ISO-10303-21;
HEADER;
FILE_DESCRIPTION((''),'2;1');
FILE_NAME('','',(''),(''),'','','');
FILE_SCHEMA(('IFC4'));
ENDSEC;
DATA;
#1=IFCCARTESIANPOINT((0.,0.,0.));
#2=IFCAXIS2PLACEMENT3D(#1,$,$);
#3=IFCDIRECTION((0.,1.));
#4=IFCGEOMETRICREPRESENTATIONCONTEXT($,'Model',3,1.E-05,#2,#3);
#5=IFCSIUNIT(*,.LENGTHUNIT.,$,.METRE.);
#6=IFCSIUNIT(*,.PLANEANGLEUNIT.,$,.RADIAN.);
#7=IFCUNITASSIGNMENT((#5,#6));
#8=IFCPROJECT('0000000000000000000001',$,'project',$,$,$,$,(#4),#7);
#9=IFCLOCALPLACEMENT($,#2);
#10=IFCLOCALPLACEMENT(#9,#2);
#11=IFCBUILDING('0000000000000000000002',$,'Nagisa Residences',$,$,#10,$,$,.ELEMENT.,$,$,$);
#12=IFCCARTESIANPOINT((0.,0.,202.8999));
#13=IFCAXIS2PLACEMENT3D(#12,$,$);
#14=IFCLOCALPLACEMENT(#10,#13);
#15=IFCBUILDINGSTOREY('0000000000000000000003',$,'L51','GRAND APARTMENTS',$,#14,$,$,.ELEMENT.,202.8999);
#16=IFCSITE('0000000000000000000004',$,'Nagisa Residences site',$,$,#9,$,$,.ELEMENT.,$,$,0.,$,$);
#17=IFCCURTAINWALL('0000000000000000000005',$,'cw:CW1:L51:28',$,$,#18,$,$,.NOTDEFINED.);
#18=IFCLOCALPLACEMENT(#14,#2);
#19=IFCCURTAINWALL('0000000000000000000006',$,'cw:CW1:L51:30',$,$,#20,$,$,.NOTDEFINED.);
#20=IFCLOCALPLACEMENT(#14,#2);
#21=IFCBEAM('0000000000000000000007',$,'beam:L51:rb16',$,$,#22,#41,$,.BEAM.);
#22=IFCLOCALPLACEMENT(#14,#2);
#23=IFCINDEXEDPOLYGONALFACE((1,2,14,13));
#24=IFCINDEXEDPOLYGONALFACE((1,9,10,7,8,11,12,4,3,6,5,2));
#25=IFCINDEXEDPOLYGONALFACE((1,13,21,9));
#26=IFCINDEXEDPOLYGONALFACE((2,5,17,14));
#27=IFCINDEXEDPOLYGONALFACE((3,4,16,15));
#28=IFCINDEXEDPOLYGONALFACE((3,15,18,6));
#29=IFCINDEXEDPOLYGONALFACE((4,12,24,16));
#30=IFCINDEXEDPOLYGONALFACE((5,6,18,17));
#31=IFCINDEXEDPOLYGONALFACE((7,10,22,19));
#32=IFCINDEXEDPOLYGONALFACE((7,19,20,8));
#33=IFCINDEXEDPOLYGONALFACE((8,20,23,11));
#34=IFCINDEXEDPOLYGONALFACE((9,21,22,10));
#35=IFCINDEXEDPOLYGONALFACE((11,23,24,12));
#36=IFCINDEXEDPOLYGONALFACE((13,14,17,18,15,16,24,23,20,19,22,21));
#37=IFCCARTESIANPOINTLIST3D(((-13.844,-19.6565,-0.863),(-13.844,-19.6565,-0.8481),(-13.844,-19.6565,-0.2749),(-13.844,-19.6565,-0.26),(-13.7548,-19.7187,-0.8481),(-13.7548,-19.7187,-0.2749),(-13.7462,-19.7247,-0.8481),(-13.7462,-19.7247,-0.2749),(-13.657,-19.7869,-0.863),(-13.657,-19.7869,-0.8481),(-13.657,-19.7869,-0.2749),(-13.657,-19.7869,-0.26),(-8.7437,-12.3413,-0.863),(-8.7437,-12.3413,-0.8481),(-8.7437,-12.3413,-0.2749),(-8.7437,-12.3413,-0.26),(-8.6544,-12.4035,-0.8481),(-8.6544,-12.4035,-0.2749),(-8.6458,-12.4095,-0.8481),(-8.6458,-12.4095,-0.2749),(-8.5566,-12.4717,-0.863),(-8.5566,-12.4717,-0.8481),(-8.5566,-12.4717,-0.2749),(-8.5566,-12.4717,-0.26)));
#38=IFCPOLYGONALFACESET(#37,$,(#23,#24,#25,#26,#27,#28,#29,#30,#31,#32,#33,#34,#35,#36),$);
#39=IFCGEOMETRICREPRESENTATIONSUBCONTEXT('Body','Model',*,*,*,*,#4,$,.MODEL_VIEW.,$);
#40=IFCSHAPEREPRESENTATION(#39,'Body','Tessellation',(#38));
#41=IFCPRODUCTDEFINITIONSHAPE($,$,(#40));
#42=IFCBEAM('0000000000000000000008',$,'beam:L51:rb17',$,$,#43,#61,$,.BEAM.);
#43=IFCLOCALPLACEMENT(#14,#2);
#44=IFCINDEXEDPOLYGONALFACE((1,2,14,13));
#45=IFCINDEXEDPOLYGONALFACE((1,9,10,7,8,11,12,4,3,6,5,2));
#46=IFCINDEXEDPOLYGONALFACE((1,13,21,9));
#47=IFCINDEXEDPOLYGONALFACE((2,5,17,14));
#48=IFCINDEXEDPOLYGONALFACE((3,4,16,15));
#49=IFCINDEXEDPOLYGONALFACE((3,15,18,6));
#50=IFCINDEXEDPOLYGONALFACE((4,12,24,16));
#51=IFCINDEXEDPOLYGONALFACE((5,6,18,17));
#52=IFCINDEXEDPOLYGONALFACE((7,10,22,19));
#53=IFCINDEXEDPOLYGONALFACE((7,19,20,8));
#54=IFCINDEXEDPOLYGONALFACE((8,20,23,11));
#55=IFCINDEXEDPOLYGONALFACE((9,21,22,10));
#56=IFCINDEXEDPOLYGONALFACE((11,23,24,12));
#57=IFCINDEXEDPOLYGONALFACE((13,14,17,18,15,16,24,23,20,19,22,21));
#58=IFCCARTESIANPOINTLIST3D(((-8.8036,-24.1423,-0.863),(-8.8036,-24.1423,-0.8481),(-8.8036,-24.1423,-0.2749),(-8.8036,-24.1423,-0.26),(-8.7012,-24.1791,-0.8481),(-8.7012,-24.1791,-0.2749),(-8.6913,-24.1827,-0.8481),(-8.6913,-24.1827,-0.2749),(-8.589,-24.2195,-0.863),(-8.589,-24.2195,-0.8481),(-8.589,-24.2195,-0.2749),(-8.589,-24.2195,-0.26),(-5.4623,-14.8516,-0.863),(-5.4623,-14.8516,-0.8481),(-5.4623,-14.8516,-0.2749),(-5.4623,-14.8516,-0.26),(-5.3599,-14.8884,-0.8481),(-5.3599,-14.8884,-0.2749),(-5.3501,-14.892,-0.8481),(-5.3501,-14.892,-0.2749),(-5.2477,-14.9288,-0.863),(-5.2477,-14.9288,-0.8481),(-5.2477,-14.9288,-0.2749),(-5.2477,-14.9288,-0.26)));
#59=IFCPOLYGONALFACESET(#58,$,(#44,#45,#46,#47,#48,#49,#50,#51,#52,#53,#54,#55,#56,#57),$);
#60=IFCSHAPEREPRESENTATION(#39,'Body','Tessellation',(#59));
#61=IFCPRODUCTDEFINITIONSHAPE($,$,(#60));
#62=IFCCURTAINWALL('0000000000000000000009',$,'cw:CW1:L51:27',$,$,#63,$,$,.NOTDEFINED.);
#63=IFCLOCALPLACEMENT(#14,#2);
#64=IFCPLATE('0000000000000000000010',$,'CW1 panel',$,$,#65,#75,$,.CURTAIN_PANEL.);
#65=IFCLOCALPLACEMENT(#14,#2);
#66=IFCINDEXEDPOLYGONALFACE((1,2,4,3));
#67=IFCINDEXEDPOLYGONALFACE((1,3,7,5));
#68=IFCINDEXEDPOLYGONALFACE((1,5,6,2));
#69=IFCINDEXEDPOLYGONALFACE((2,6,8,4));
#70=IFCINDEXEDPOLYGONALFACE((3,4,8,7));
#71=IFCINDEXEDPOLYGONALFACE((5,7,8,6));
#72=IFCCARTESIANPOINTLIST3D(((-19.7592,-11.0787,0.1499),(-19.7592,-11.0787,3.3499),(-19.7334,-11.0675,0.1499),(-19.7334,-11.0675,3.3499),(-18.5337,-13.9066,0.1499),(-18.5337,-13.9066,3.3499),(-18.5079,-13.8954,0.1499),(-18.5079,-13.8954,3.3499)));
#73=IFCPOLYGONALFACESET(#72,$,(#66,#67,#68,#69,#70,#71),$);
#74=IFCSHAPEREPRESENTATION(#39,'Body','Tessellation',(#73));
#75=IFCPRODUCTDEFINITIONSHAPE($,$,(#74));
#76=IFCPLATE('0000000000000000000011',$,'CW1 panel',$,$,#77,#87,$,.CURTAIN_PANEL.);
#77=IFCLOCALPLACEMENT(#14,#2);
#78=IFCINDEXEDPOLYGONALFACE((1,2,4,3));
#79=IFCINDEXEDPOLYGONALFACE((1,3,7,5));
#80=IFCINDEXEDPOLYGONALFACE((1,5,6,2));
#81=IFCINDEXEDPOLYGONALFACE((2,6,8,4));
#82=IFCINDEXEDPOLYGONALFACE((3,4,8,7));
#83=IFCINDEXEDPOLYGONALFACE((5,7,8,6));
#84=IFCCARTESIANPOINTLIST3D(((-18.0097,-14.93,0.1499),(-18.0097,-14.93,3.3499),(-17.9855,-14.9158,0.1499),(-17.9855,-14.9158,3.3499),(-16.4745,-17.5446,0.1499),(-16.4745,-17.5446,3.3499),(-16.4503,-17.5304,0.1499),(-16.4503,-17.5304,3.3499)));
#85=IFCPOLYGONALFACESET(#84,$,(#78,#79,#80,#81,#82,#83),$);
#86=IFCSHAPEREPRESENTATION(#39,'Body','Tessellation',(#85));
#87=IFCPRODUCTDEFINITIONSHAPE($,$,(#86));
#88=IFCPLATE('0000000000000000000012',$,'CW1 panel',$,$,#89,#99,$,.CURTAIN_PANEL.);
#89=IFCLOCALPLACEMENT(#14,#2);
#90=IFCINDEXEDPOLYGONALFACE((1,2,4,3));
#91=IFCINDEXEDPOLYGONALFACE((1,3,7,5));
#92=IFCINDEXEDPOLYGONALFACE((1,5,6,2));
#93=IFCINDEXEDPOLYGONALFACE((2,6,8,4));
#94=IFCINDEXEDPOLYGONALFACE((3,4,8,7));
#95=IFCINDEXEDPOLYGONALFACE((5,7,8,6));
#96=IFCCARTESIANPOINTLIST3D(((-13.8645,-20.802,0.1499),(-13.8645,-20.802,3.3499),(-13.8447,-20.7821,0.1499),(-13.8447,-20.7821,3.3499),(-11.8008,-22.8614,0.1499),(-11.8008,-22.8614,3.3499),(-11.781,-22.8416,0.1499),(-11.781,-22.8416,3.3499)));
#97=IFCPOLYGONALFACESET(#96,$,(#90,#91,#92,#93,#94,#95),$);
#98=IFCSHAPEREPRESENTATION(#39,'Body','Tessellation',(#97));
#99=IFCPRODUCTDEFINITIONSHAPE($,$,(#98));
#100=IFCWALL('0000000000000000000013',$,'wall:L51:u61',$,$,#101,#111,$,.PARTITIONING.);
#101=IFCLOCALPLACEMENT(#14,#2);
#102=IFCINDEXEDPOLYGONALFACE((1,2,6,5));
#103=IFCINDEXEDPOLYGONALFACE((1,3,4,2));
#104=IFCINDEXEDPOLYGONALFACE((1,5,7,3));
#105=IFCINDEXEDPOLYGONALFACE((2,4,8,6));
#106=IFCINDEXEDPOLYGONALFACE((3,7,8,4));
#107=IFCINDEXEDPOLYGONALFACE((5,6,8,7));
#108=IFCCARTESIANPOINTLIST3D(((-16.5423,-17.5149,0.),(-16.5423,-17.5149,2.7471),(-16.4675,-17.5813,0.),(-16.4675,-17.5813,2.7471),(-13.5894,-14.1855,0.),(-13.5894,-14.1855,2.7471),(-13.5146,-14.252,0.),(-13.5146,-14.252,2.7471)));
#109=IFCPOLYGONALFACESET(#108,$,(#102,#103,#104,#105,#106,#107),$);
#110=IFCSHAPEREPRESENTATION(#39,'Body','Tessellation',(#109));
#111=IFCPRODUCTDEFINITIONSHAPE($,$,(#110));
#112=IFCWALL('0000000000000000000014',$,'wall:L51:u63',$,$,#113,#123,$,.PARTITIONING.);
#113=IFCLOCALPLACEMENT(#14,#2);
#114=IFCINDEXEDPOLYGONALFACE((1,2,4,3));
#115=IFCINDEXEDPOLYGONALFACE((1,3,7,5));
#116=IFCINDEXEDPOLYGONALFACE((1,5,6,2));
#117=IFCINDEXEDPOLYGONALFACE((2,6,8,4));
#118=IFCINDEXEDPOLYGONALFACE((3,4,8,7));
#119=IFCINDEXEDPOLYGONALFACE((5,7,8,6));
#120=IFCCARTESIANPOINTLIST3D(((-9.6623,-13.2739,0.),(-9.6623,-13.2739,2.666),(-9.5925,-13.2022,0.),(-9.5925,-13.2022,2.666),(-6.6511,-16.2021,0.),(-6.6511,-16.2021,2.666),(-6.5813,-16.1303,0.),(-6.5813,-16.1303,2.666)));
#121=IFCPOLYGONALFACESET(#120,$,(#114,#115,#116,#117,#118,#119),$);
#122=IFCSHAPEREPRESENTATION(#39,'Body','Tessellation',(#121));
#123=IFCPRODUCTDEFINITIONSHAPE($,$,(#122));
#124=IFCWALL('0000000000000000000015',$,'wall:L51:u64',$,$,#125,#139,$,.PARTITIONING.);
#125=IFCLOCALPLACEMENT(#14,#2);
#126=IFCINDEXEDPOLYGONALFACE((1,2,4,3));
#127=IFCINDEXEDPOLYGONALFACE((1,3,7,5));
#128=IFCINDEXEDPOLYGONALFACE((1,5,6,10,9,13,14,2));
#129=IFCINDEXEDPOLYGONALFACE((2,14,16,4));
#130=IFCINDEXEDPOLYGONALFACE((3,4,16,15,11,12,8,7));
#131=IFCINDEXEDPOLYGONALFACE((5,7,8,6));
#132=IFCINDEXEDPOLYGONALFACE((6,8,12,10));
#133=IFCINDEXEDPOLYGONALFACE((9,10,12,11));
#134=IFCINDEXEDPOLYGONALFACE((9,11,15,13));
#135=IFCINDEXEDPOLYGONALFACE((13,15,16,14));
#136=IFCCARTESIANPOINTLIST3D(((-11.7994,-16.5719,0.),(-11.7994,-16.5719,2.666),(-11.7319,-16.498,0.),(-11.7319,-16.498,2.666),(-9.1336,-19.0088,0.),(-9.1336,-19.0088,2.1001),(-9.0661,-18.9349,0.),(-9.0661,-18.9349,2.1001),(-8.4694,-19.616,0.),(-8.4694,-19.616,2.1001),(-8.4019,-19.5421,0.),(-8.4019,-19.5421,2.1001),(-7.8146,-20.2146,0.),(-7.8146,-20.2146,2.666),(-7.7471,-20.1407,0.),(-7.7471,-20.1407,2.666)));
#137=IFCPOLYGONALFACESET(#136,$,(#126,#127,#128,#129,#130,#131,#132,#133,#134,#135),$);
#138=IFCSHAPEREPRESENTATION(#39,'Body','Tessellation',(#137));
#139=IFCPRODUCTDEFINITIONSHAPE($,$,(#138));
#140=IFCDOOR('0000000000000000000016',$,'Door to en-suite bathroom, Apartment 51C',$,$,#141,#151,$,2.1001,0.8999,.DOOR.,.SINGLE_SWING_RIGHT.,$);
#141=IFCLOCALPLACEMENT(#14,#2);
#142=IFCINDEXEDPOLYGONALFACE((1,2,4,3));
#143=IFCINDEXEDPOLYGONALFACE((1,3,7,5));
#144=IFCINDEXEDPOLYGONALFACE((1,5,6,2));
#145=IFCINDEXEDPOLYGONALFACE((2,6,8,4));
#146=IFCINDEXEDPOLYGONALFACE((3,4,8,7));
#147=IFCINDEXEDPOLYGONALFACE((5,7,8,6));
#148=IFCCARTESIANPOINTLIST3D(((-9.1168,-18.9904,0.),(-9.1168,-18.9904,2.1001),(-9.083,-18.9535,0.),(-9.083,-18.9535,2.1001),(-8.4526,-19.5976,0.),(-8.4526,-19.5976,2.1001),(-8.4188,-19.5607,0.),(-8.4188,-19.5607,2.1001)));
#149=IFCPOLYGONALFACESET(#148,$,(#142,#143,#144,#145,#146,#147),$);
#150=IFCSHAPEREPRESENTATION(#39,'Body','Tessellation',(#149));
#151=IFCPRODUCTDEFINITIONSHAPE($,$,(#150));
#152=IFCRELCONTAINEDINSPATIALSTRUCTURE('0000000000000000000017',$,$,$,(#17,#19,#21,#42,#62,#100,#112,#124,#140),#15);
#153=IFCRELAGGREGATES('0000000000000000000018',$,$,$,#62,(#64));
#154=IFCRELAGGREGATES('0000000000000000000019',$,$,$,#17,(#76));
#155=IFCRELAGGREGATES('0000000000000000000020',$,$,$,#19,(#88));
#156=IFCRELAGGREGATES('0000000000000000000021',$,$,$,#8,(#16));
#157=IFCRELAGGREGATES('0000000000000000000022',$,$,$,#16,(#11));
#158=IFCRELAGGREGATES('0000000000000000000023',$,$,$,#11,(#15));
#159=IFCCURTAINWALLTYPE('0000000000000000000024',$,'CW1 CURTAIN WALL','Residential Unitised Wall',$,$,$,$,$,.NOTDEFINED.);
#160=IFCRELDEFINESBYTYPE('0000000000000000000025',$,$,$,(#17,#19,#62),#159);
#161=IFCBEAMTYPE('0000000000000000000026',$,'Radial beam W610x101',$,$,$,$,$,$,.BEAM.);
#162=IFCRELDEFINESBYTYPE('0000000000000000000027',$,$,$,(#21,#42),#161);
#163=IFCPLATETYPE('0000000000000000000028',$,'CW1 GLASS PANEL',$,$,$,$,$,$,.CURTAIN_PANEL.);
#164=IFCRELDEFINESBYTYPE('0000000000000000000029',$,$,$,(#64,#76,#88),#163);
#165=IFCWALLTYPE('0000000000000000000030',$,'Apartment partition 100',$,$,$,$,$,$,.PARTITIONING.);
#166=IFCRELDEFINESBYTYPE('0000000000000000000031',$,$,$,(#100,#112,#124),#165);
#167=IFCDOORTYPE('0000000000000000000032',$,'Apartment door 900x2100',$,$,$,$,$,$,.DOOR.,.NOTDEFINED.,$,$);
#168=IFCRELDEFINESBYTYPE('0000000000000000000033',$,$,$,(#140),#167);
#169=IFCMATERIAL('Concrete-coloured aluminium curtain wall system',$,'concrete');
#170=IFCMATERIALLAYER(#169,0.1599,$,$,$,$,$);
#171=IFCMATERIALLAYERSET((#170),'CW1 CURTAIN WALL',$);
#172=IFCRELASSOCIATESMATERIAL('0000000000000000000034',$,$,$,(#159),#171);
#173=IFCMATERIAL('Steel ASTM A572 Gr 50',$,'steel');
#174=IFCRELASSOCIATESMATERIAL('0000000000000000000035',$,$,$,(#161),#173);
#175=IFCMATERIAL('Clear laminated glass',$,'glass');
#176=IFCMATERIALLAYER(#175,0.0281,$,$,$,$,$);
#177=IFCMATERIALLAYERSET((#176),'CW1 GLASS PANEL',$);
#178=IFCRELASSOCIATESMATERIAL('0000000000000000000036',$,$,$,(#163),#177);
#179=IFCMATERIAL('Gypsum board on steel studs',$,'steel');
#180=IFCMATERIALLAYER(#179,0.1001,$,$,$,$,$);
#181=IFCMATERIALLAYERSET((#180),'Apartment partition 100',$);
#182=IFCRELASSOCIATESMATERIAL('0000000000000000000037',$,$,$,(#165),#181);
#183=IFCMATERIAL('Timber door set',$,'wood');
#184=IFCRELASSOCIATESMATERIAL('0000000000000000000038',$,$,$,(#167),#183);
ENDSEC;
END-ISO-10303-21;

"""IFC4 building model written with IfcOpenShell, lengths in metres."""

from ifc_helpers import new_model, si_unit, direction, frame, frame_2d, origin, origin_2d, place, context, subcontext, project, spatial, rectangle, i_section, extrude, material, layer, layer_set, material_profile, profile_set, type_object, element, fill, aggregate, save


model = new_model("IFC4")

# Units and contexts
model_context = context("Model", 3, precision=1e-05, world=origin(), true_north=direction((0.0, 1.0)))
body_context = subcontext(model_context, "Body", "Model", "MODEL_VIEW")
ifc_project = project(units=[si_unit("LENGTHUNIT", "METRE"), si_unit("PLANEANGLEUNIT", "RADIAN")], contexts=[model_context])

# Site, building, storey
site_placement = place(None, origin())
site = spatial("IfcSite", under=ifc_project, at=site_placement, Name="Nagisa Residences site", CompositionType="ELEMENT", RefElevation=0.0)
building_placement = place(site_placement, origin())
building = spatial("IfcBuilding", under=site, at=building_placement, Name="Nagisa Residences", CompositionType="ELEMENT")
storey_placement = place(building_placement, frame((0.0, 0.0, 202.8999)))
storey = spatial("IfcBuildingStorey", under=building, at=storey_placement, Name="L51", Description="GRAND APARTMENTS", CompositionType="ELEMENT", Elevation=202.8999)

# Curtain walls
ifc_material_1 = material(Name="Concrete-coloured aluminium curtain wall system", Category="concrete")
ifc_layer_1 = layer(ifc_material_1, 0.1599)
ifc_layer_set_1 = layer_set([ifc_layer_1], Name="CW1 CURTAIN WALL")
curtain_wall_type = type_object("IfcCurtainWallType", Name="CW1 CURTAIN WALL", Description="Residential Unitised Wall", PredefinedType="NOTDEFINED", material=ifc_layer_set_1)
curtain_wall_1_placement = place(storey_placement, origin())
curtain_wall_1 = element("IfcCurtainWall", 1, at=curtain_wall_1_placement, inside=storey, type_object=curtain_wall_type, Name="cw:CW1:L51:28", PredefinedType="NOTDEFINED")
curtain_wall_2_placement = place(storey_placement, origin())
curtain_wall_2 = element("IfcCurtainWall", 2, at=curtain_wall_2_placement, inside=storey, type_object=curtain_wall_type, Name="cw:CW1:L51:30", PredefinedType="NOTDEFINED")

# Beams
ifc_material_2 = material(Name="Steel ASTM A572 Gr 50", Category="steel")
ifc_material_profile_1 = material_profile(ifc_material_2, i_section(OverallWidth=0.228, OverallDepth=0.603, WebThickness=0.0105, FlangeThickness=0.0149, at=origin_2d()), Name="W610x101")
ifc_profile_set_1 = profile_set([ifc_material_profile_1], Name="Steel ASTM A572 Gr 50")
beam_type_1 = type_object("IfcBeamType", Name="Radial beam W610x101", PredefinedType="BEAM", material=ifc_profile_set_1)
beam_1_placement = place(storey_placement, frame((-13.7505, -19.7217, -0.5615), z_axis=(0.571934, 0.820299, 0.0), x_axis=(-0.820299, 0.571934, 0.0)))
element("IfcBeam", 3, at=beam_1_placement, inside=storey, type_object=beam_type_1, Name="beam:L51:rb16", PredefinedType="BEAM", context=body_context, shape_type="SweptSolid", body=[
    extrude(i_section(OverallWidth=0.228, OverallDepth=0.603, WebThickness=0.0105, FlangeThickness=0.0149, at=origin_2d()), origin(), (0.0, 0.0, 1.0), 8.9177),
])
beam_2_placement = place(storey_placement, frame((-8.6963, -24.1809, -0.5615), z_axis=(0.338417, 0.940996, 0.0), x_axis=(-0.940996, 0.338417, 0.0)))
element("IfcBeam", 4, at=beam_2_placement, inside=storey, type_object=beam_type_1, Name="beam:L51:rb17", PredefinedType="BEAM", context=body_context, shape_type="SweptSolid", body=[
    extrude(i_section(OverallWidth=0.228, OverallDepth=0.603, WebThickness=0.0105, FlangeThickness=0.0149, at=origin_2d()), origin(), (0.0, 0.0, 1.0), 9.8733),
])

# Curtain wall, plate
curtain_wall_3_placement = place(storey_placement, origin())
curtain_wall_3 = element("IfcCurtainWall", 5, at=curtain_wall_3_placement, inside=storey, type_object=curtain_wall_type, Name="cw:CW1:L51:27", PredefinedType="NOTDEFINED")
ifc_material_3 = material(Name="Clear laminated glass", Category="glass")
ifc_layer_2 = layer(ifc_material_3, 0.0281)
ifc_layer_set_2 = layer_set([ifc_layer_2], Name="CW1 GLASS PANEL")
plate_type = type_object("IfcPlateType", Name="CW1 GLASS PANEL", PredefinedType="CURTAIN_PANEL", material=ifc_layer_set_2)
plate_1_placement = place(storey_placement, frame((-19.1335, -12.4871, 0.1499), z_axis=(0.0, 0.0, 1.0), x_axis=(0.397636, -0.917543, 0.0)))
plate_1 = element("IfcPlate", 6, at=plate_1_placement, type_object=plate_type, Name="CW1 panel", PredefinedType="CURTAIN_PANEL", context=body_context, shape_type="SweptSolid", body=[
    extrude(rectangle(XDim=3.082, YDim=0.0281, at=origin_2d()), origin(), (0.0, 0.0, 1.0), 3.2),
])
aggregate(curtain_wall_3, [plate_1])

# Plates
plate_2_placement = place(storey_placement, frame((-17.23, -16.2302, 0.1499), z_axis=(0.0, 0.0, 1.0), x_axis=(0.506349, -0.862329, 0.0)))
plate_2 = element("IfcPlate", 7, at=plate_2_placement, type_object=plate_type, Name="CW1 panel", PredefinedType="CURTAIN_PANEL", context=body_context, shape_type="SweptSolid", body=[
    extrude(rectangle(XDim=3.032, YDim=0.0281, at=origin_2d()), origin(), (0.0, 0.0, 1.0), 3.2),
])
aggregate(curtain_wall_1, [plate_2])
plate_3_placement = place(storey_placement, frame((-12.8228, -21.8218, 0.1499), z_axis=(0.0, 0.0, 1.0), x_axis=(0.707836, -0.706377, 0.0)))
plate_3 = element("IfcPlate", 8, at=plate_3_placement, type_object=plate_type, Name="CW1 panel", PredefinedType="CURTAIN_PANEL", context=body_context, shape_type="SweptSolid", body=[
    extrude(rectangle(XDim=2.9155, YDim=0.0281, at=origin_2d()), origin(), (0.0, 0.0, 1.0), 3.2),
])
aggregate(curtain_wall_2, [plate_3])

# Walls
ifc_material_4 = material(Name="Gypsum board on steel studs", Category="steel")
ifc_layer_3 = layer(ifc_material_4, 0.1001)
ifc_layer_set_3 = layer_set([ifc_layer_3], Name="Apartment partition 100")
wall_type_1 = type_object("IfcWallType", Name="Apartment partition 100", PredefinedType="PARTITIONING", material=ifc_layer_set_3)
wall_1_placement = place(storey_placement, frame((-13.552, -14.2188, 0.0), z_axis=(0.0, 0.0, 1.0), x_axis=(-0.663543, -0.748138, 0.0)))
element("IfcWall", 9, at=wall_1_placement, inside=storey, type_object=wall_type_1, Name="wall:L51:u61", PredefinedType="PARTITIONING", context=body_context, shape_type="SweptSolid", body=[
    extrude(rectangle(XDim=4.4502, YDim=0.1001, at=frame_2d((2.2251, 0.0))), origin(), (0.0, 0.0, 1.0), 2.7471),
])
wall_2_placement = place(storey_placement, frame((-9.6274, -13.238, 0.0), z_axis=(0.0, 0.0, 1.0), x_axis=(0.716919, -0.697156, 0.0)))
element("IfcWall", 10, at=wall_2_placement, inside=storey, type_object=wall_type_1, Name="wall:L51:u63", PredefinedType="PARTITIONING", context=body_context, shape_type="SweptSolid", body=[
    extrude(rectangle(XDim=4.2002, YDim=0.1001, at=frame_2d((2.1001, 0.0))), origin(), (0.0, 0.0, 1.0), 2.666),
])

# Wall, opening, door
wall_3_placement = place(storey_placement, frame((-11.7656, -16.5349, 0.0), z_axis=(0.0, 0.0, 1.0), x_axis=(0.738073, -0.674721, 0.0)))
wall_3 = element("IfcWall", 11, at=wall_3_placement, inside=storey, type_object=wall_type_1, Name="wall:L51:u64", PredefinedType="PARTITIONING", context=body_context, shape_type="SweptSolid", body=[
    extrude(rectangle(XDim=5.3989, YDim=0.1001, at=frame_2d((2.6995, 0.0))), origin(), (0.0, 0.0, 1.0), 2.666),
])
opening_1_placement = place(wall_3_placement, frame((3.6118, 0.0, 0.0)))
opening_1 = element("IfcOpeningElement", 12, at=opening_1_placement, cuts=wall_3, PredefinedType="OPENING", context=body_context, shape_type="SweptSolid", body=[
    extrude(rectangle(XDim=0.8999, YDim=2.1001, at=frame_2d((0.45, 1.05))), frame((0.0, 0.0601, 0.0), z_axis=(0.0, -1.0, 0.0), x_axis=(1.0, 0.0, 0.0)), (0.0, 0.0, 1.0), 0.1201),
])
ifc_material_5 = material(Name="Timber door set", Category="wood")
door_type_1 = type_object("IfcDoorType", Name="Apartment door 900x2100", OperationType="NOTDEFINED", PredefinedType="DOOR", material=ifc_material_5)
door_1_placement = place(opening_1_placement, origin())
door_1 = element("IfcDoor", 13, at=door_1_placement, inside=storey, type_object=door_type_1, Name="Door to en-suite bathroom, Apartment 51C", OperationType="SINGLE_SWING_RIGHT", OverallHeight=2.1001, OverallWidth=0.8999, PredefinedType="DOOR", context=body_context, shape_type="SweptSolid", body=[
    extrude(rectangle(XDim=0.8999, YDim=2.1001, at=frame_2d((0.45, 1.05))), frame((0.0, 0.0249, 0.0), z_axis=(0.0, -1.0, 0.0), x_axis=(1.0, 0.0, 0.0)), (0.0, 0.0, 1.0), 0.05),
])
fill(opening_1, door_1)

save(model, "model.ifc")
